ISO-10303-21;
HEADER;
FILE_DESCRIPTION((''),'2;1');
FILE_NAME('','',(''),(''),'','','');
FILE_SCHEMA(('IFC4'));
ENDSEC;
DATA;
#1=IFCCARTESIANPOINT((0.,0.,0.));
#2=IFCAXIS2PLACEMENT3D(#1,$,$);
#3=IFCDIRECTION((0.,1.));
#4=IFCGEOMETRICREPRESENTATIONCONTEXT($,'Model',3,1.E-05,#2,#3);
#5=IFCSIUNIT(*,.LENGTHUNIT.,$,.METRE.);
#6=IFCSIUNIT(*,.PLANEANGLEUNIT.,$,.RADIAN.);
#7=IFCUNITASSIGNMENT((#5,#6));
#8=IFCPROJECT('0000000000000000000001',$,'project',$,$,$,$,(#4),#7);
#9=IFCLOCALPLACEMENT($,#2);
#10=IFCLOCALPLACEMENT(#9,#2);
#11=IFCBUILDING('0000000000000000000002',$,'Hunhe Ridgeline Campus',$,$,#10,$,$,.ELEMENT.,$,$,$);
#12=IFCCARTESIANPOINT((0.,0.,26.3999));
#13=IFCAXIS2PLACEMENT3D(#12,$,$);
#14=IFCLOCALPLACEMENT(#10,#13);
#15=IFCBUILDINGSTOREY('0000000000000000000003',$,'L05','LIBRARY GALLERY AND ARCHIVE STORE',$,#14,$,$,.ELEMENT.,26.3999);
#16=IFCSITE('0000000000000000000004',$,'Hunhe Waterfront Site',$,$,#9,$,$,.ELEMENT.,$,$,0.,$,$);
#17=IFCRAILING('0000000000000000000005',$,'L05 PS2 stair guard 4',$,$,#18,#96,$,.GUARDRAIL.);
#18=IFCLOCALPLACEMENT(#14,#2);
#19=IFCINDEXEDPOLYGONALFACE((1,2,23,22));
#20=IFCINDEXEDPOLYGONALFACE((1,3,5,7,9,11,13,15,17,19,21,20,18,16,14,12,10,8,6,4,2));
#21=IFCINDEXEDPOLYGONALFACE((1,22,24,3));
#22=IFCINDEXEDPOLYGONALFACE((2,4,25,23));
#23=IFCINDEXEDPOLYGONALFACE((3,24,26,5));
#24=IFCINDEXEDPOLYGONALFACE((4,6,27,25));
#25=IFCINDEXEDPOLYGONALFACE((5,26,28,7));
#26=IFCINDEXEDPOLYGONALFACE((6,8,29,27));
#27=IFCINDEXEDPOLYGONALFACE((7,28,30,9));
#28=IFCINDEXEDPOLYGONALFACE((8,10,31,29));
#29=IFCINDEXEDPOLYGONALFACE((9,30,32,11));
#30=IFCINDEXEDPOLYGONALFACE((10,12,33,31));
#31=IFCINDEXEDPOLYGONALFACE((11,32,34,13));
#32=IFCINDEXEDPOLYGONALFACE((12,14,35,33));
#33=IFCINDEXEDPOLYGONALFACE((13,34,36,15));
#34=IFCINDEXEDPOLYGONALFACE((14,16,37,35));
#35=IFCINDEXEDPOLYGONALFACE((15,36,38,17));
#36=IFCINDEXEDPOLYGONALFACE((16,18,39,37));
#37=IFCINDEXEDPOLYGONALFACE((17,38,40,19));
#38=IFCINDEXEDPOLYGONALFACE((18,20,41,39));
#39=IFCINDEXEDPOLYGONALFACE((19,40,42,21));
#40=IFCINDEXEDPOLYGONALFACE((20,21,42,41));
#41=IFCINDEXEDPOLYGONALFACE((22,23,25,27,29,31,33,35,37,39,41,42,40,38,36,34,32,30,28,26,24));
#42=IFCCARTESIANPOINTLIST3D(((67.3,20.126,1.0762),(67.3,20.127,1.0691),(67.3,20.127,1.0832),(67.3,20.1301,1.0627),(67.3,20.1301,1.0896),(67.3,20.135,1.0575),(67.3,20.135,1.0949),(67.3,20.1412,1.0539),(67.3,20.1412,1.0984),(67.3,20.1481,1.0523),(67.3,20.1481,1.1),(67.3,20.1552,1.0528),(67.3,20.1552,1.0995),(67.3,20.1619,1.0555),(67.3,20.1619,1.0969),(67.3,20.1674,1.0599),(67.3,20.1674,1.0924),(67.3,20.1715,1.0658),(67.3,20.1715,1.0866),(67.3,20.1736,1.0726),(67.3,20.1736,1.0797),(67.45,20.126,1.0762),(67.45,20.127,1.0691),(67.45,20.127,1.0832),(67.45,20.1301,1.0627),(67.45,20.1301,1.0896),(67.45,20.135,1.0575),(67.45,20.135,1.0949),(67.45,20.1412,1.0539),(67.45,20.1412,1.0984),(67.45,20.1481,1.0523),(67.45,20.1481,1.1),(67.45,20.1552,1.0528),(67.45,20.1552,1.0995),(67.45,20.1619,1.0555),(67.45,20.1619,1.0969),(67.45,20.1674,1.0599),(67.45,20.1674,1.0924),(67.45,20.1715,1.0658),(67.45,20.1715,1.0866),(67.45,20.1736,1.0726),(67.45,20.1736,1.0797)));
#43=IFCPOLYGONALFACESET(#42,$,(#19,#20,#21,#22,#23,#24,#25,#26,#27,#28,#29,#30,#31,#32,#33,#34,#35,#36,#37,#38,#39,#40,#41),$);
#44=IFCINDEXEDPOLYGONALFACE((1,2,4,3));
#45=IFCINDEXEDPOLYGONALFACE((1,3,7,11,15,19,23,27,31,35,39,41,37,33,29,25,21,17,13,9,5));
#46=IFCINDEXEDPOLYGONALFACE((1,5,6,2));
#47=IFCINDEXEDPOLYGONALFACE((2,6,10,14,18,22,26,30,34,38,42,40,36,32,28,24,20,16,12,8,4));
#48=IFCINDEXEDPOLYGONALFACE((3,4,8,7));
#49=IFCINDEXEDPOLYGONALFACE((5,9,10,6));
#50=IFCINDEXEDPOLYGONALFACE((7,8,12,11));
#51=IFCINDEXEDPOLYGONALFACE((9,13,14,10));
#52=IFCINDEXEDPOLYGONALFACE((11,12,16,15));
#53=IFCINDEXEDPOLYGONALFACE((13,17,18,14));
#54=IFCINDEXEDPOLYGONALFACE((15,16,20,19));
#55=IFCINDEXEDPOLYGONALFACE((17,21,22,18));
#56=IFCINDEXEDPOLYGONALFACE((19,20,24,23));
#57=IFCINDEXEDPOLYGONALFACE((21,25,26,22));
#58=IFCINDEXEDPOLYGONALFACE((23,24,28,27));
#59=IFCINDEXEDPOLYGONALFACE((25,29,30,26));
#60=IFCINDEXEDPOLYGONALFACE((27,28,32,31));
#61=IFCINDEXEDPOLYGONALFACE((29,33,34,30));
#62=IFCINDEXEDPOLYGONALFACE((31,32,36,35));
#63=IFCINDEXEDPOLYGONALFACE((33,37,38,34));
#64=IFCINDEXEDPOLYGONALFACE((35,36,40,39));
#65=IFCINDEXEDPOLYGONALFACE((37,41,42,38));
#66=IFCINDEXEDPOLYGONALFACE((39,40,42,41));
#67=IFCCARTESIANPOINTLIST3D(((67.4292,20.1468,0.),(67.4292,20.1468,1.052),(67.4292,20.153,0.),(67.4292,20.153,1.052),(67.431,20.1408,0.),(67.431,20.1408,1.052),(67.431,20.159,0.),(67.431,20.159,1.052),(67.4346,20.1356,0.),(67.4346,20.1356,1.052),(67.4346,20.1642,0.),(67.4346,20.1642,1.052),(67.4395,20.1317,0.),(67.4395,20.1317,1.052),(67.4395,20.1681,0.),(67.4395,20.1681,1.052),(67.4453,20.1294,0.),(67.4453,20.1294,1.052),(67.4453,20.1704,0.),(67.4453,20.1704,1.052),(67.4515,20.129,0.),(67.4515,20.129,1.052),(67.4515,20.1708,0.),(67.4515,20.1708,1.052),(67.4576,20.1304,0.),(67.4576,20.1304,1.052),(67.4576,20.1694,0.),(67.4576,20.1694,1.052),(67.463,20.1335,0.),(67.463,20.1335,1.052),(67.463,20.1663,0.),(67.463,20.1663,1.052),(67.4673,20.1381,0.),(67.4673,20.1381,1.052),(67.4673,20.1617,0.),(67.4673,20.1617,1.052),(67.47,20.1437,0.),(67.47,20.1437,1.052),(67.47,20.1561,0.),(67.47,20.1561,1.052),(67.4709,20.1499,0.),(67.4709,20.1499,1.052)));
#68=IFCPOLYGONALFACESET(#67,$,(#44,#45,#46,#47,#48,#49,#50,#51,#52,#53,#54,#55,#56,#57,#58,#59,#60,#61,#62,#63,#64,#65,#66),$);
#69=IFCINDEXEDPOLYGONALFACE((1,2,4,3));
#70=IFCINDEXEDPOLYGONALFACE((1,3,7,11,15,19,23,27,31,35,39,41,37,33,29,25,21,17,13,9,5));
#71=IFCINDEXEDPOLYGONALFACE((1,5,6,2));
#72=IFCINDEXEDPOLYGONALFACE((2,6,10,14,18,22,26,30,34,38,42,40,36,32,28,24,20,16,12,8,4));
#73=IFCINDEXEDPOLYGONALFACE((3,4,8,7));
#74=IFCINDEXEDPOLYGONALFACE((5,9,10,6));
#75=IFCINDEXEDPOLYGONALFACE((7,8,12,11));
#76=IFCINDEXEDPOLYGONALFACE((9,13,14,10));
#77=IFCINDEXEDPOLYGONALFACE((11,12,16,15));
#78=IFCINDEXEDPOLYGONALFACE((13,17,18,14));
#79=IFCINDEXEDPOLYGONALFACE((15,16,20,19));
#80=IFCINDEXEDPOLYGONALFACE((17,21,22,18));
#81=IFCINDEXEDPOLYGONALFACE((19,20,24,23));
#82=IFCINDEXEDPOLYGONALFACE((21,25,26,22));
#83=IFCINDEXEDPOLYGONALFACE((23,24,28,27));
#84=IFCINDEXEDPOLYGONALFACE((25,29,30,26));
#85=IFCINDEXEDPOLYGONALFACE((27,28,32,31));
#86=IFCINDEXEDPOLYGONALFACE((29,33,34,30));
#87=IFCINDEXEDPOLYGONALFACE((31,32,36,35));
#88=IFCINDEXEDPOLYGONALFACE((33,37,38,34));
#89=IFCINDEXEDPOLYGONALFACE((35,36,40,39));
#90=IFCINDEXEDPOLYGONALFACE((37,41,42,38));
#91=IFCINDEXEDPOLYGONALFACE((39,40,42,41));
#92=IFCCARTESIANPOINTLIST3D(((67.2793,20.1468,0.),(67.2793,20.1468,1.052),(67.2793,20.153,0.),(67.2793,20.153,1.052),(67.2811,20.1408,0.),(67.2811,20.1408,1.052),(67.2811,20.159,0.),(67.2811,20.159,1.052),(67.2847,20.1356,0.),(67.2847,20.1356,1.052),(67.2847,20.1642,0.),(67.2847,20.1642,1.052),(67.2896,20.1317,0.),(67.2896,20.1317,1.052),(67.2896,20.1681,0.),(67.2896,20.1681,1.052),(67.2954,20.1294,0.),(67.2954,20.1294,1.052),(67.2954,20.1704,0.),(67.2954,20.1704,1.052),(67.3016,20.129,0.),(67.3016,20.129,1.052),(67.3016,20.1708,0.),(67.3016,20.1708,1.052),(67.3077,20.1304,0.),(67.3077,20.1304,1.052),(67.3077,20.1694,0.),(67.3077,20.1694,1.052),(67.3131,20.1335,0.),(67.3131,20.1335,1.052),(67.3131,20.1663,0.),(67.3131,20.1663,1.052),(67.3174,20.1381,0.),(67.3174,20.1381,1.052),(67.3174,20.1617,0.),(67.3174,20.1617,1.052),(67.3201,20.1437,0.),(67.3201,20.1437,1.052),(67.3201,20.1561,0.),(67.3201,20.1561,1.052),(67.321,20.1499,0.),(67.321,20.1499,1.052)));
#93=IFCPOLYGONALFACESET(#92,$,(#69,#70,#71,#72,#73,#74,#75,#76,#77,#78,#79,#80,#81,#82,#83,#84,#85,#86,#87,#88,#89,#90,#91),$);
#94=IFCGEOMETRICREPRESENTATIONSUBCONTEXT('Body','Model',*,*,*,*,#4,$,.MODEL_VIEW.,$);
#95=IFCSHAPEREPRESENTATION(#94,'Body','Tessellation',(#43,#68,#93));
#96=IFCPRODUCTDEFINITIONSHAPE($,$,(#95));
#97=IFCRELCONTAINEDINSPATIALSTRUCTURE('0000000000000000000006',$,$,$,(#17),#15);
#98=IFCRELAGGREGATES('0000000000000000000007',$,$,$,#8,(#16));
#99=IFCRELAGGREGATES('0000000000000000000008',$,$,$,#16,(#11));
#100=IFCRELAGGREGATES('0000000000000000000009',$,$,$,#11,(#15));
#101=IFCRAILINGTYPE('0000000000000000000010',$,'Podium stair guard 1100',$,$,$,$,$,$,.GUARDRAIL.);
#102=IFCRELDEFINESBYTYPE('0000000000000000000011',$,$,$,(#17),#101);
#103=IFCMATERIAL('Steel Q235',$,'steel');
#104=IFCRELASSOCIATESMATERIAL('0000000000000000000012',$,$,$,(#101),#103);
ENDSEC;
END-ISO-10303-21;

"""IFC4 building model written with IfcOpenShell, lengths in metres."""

from ifc_helpers import new_model, si_unit, direction, frame, origin, origin_2d, place, context, subcontext, project, spatial, circle, extrude, material, type_object, element, save


model = new_model("IFC4")

# Units and contexts
model_context = context("Model", 3, precision=1e-05, world=origin(), true_north=direction((0.0, 1.0)))
body_context = subcontext(model_context, "Body", "Model", "MODEL_VIEW")
ifc_project = project(units=[si_unit("LENGTHUNIT", "METRE"), si_unit("PLANEANGLEUNIT", "RADIAN")], contexts=[model_context])

# Site, building, storey
site_placement = place(None, origin())
site = spatial("IfcSite", under=ifc_project, at=site_placement, Name="Hunhe Waterfront Site", CompositionType="ELEMENT", RefElevation=0.0)
building_placement = place(site_placement, origin())
building = spatial("IfcBuilding", under=site, at=building_placement, Name="Hunhe Ridgeline Campus", CompositionType="ELEMENT")
storey_placement = place(building_placement, frame((0.0, 0.0, 26.3999)))
storey = spatial("IfcBuildingStorey", under=building, at=storey_placement, Name="L05", Description="LIBRARY GALLERY AND ARCHIVE STORE", CompositionType="ELEMENT", Elevation=26.3999)

# Shared definitions
ifc_material_1 = material(Name="Steel Q235", Category="steel")

# Railing
railing_type_1 = type_object("IfcRailingType", Name="Podium stair guard 1100", PredefinedType="GUARDRAIL", material=ifc_material_1)
railing_1_placement = place(storey_placement, frame((67.45, 20.1499, 0.0)))
element("IfcRailing", 1, at=railing_1_placement, inside=storey, type_object=railing_type_1, Name="L05 PS2 stair guard 4", PredefinedType="GUARDRAIL", context=body_context, shape_type="SweptSolid", body=[
    extrude(circle(Radius=0.0239, at=origin_2d()), frame((0.0, 0.0, 1.0762), z_axis=(-1.0, 0.0, 0.0), x_axis=(0.0, -1.0, 0.0)), (0.0, 0.0, 1.0), 0.1499),
    extrude(circle(Radius=0.021, at=origin_2d()), origin(), (0.0, 0.0, 1.0), 1.052),
    extrude(circle(Radius=0.021, at=origin_2d()), frame((-0.1499, 0.0, 0.0)), (0.0, 0.0, 1.0), 1.052),
])

save(model, "model.ifc")
